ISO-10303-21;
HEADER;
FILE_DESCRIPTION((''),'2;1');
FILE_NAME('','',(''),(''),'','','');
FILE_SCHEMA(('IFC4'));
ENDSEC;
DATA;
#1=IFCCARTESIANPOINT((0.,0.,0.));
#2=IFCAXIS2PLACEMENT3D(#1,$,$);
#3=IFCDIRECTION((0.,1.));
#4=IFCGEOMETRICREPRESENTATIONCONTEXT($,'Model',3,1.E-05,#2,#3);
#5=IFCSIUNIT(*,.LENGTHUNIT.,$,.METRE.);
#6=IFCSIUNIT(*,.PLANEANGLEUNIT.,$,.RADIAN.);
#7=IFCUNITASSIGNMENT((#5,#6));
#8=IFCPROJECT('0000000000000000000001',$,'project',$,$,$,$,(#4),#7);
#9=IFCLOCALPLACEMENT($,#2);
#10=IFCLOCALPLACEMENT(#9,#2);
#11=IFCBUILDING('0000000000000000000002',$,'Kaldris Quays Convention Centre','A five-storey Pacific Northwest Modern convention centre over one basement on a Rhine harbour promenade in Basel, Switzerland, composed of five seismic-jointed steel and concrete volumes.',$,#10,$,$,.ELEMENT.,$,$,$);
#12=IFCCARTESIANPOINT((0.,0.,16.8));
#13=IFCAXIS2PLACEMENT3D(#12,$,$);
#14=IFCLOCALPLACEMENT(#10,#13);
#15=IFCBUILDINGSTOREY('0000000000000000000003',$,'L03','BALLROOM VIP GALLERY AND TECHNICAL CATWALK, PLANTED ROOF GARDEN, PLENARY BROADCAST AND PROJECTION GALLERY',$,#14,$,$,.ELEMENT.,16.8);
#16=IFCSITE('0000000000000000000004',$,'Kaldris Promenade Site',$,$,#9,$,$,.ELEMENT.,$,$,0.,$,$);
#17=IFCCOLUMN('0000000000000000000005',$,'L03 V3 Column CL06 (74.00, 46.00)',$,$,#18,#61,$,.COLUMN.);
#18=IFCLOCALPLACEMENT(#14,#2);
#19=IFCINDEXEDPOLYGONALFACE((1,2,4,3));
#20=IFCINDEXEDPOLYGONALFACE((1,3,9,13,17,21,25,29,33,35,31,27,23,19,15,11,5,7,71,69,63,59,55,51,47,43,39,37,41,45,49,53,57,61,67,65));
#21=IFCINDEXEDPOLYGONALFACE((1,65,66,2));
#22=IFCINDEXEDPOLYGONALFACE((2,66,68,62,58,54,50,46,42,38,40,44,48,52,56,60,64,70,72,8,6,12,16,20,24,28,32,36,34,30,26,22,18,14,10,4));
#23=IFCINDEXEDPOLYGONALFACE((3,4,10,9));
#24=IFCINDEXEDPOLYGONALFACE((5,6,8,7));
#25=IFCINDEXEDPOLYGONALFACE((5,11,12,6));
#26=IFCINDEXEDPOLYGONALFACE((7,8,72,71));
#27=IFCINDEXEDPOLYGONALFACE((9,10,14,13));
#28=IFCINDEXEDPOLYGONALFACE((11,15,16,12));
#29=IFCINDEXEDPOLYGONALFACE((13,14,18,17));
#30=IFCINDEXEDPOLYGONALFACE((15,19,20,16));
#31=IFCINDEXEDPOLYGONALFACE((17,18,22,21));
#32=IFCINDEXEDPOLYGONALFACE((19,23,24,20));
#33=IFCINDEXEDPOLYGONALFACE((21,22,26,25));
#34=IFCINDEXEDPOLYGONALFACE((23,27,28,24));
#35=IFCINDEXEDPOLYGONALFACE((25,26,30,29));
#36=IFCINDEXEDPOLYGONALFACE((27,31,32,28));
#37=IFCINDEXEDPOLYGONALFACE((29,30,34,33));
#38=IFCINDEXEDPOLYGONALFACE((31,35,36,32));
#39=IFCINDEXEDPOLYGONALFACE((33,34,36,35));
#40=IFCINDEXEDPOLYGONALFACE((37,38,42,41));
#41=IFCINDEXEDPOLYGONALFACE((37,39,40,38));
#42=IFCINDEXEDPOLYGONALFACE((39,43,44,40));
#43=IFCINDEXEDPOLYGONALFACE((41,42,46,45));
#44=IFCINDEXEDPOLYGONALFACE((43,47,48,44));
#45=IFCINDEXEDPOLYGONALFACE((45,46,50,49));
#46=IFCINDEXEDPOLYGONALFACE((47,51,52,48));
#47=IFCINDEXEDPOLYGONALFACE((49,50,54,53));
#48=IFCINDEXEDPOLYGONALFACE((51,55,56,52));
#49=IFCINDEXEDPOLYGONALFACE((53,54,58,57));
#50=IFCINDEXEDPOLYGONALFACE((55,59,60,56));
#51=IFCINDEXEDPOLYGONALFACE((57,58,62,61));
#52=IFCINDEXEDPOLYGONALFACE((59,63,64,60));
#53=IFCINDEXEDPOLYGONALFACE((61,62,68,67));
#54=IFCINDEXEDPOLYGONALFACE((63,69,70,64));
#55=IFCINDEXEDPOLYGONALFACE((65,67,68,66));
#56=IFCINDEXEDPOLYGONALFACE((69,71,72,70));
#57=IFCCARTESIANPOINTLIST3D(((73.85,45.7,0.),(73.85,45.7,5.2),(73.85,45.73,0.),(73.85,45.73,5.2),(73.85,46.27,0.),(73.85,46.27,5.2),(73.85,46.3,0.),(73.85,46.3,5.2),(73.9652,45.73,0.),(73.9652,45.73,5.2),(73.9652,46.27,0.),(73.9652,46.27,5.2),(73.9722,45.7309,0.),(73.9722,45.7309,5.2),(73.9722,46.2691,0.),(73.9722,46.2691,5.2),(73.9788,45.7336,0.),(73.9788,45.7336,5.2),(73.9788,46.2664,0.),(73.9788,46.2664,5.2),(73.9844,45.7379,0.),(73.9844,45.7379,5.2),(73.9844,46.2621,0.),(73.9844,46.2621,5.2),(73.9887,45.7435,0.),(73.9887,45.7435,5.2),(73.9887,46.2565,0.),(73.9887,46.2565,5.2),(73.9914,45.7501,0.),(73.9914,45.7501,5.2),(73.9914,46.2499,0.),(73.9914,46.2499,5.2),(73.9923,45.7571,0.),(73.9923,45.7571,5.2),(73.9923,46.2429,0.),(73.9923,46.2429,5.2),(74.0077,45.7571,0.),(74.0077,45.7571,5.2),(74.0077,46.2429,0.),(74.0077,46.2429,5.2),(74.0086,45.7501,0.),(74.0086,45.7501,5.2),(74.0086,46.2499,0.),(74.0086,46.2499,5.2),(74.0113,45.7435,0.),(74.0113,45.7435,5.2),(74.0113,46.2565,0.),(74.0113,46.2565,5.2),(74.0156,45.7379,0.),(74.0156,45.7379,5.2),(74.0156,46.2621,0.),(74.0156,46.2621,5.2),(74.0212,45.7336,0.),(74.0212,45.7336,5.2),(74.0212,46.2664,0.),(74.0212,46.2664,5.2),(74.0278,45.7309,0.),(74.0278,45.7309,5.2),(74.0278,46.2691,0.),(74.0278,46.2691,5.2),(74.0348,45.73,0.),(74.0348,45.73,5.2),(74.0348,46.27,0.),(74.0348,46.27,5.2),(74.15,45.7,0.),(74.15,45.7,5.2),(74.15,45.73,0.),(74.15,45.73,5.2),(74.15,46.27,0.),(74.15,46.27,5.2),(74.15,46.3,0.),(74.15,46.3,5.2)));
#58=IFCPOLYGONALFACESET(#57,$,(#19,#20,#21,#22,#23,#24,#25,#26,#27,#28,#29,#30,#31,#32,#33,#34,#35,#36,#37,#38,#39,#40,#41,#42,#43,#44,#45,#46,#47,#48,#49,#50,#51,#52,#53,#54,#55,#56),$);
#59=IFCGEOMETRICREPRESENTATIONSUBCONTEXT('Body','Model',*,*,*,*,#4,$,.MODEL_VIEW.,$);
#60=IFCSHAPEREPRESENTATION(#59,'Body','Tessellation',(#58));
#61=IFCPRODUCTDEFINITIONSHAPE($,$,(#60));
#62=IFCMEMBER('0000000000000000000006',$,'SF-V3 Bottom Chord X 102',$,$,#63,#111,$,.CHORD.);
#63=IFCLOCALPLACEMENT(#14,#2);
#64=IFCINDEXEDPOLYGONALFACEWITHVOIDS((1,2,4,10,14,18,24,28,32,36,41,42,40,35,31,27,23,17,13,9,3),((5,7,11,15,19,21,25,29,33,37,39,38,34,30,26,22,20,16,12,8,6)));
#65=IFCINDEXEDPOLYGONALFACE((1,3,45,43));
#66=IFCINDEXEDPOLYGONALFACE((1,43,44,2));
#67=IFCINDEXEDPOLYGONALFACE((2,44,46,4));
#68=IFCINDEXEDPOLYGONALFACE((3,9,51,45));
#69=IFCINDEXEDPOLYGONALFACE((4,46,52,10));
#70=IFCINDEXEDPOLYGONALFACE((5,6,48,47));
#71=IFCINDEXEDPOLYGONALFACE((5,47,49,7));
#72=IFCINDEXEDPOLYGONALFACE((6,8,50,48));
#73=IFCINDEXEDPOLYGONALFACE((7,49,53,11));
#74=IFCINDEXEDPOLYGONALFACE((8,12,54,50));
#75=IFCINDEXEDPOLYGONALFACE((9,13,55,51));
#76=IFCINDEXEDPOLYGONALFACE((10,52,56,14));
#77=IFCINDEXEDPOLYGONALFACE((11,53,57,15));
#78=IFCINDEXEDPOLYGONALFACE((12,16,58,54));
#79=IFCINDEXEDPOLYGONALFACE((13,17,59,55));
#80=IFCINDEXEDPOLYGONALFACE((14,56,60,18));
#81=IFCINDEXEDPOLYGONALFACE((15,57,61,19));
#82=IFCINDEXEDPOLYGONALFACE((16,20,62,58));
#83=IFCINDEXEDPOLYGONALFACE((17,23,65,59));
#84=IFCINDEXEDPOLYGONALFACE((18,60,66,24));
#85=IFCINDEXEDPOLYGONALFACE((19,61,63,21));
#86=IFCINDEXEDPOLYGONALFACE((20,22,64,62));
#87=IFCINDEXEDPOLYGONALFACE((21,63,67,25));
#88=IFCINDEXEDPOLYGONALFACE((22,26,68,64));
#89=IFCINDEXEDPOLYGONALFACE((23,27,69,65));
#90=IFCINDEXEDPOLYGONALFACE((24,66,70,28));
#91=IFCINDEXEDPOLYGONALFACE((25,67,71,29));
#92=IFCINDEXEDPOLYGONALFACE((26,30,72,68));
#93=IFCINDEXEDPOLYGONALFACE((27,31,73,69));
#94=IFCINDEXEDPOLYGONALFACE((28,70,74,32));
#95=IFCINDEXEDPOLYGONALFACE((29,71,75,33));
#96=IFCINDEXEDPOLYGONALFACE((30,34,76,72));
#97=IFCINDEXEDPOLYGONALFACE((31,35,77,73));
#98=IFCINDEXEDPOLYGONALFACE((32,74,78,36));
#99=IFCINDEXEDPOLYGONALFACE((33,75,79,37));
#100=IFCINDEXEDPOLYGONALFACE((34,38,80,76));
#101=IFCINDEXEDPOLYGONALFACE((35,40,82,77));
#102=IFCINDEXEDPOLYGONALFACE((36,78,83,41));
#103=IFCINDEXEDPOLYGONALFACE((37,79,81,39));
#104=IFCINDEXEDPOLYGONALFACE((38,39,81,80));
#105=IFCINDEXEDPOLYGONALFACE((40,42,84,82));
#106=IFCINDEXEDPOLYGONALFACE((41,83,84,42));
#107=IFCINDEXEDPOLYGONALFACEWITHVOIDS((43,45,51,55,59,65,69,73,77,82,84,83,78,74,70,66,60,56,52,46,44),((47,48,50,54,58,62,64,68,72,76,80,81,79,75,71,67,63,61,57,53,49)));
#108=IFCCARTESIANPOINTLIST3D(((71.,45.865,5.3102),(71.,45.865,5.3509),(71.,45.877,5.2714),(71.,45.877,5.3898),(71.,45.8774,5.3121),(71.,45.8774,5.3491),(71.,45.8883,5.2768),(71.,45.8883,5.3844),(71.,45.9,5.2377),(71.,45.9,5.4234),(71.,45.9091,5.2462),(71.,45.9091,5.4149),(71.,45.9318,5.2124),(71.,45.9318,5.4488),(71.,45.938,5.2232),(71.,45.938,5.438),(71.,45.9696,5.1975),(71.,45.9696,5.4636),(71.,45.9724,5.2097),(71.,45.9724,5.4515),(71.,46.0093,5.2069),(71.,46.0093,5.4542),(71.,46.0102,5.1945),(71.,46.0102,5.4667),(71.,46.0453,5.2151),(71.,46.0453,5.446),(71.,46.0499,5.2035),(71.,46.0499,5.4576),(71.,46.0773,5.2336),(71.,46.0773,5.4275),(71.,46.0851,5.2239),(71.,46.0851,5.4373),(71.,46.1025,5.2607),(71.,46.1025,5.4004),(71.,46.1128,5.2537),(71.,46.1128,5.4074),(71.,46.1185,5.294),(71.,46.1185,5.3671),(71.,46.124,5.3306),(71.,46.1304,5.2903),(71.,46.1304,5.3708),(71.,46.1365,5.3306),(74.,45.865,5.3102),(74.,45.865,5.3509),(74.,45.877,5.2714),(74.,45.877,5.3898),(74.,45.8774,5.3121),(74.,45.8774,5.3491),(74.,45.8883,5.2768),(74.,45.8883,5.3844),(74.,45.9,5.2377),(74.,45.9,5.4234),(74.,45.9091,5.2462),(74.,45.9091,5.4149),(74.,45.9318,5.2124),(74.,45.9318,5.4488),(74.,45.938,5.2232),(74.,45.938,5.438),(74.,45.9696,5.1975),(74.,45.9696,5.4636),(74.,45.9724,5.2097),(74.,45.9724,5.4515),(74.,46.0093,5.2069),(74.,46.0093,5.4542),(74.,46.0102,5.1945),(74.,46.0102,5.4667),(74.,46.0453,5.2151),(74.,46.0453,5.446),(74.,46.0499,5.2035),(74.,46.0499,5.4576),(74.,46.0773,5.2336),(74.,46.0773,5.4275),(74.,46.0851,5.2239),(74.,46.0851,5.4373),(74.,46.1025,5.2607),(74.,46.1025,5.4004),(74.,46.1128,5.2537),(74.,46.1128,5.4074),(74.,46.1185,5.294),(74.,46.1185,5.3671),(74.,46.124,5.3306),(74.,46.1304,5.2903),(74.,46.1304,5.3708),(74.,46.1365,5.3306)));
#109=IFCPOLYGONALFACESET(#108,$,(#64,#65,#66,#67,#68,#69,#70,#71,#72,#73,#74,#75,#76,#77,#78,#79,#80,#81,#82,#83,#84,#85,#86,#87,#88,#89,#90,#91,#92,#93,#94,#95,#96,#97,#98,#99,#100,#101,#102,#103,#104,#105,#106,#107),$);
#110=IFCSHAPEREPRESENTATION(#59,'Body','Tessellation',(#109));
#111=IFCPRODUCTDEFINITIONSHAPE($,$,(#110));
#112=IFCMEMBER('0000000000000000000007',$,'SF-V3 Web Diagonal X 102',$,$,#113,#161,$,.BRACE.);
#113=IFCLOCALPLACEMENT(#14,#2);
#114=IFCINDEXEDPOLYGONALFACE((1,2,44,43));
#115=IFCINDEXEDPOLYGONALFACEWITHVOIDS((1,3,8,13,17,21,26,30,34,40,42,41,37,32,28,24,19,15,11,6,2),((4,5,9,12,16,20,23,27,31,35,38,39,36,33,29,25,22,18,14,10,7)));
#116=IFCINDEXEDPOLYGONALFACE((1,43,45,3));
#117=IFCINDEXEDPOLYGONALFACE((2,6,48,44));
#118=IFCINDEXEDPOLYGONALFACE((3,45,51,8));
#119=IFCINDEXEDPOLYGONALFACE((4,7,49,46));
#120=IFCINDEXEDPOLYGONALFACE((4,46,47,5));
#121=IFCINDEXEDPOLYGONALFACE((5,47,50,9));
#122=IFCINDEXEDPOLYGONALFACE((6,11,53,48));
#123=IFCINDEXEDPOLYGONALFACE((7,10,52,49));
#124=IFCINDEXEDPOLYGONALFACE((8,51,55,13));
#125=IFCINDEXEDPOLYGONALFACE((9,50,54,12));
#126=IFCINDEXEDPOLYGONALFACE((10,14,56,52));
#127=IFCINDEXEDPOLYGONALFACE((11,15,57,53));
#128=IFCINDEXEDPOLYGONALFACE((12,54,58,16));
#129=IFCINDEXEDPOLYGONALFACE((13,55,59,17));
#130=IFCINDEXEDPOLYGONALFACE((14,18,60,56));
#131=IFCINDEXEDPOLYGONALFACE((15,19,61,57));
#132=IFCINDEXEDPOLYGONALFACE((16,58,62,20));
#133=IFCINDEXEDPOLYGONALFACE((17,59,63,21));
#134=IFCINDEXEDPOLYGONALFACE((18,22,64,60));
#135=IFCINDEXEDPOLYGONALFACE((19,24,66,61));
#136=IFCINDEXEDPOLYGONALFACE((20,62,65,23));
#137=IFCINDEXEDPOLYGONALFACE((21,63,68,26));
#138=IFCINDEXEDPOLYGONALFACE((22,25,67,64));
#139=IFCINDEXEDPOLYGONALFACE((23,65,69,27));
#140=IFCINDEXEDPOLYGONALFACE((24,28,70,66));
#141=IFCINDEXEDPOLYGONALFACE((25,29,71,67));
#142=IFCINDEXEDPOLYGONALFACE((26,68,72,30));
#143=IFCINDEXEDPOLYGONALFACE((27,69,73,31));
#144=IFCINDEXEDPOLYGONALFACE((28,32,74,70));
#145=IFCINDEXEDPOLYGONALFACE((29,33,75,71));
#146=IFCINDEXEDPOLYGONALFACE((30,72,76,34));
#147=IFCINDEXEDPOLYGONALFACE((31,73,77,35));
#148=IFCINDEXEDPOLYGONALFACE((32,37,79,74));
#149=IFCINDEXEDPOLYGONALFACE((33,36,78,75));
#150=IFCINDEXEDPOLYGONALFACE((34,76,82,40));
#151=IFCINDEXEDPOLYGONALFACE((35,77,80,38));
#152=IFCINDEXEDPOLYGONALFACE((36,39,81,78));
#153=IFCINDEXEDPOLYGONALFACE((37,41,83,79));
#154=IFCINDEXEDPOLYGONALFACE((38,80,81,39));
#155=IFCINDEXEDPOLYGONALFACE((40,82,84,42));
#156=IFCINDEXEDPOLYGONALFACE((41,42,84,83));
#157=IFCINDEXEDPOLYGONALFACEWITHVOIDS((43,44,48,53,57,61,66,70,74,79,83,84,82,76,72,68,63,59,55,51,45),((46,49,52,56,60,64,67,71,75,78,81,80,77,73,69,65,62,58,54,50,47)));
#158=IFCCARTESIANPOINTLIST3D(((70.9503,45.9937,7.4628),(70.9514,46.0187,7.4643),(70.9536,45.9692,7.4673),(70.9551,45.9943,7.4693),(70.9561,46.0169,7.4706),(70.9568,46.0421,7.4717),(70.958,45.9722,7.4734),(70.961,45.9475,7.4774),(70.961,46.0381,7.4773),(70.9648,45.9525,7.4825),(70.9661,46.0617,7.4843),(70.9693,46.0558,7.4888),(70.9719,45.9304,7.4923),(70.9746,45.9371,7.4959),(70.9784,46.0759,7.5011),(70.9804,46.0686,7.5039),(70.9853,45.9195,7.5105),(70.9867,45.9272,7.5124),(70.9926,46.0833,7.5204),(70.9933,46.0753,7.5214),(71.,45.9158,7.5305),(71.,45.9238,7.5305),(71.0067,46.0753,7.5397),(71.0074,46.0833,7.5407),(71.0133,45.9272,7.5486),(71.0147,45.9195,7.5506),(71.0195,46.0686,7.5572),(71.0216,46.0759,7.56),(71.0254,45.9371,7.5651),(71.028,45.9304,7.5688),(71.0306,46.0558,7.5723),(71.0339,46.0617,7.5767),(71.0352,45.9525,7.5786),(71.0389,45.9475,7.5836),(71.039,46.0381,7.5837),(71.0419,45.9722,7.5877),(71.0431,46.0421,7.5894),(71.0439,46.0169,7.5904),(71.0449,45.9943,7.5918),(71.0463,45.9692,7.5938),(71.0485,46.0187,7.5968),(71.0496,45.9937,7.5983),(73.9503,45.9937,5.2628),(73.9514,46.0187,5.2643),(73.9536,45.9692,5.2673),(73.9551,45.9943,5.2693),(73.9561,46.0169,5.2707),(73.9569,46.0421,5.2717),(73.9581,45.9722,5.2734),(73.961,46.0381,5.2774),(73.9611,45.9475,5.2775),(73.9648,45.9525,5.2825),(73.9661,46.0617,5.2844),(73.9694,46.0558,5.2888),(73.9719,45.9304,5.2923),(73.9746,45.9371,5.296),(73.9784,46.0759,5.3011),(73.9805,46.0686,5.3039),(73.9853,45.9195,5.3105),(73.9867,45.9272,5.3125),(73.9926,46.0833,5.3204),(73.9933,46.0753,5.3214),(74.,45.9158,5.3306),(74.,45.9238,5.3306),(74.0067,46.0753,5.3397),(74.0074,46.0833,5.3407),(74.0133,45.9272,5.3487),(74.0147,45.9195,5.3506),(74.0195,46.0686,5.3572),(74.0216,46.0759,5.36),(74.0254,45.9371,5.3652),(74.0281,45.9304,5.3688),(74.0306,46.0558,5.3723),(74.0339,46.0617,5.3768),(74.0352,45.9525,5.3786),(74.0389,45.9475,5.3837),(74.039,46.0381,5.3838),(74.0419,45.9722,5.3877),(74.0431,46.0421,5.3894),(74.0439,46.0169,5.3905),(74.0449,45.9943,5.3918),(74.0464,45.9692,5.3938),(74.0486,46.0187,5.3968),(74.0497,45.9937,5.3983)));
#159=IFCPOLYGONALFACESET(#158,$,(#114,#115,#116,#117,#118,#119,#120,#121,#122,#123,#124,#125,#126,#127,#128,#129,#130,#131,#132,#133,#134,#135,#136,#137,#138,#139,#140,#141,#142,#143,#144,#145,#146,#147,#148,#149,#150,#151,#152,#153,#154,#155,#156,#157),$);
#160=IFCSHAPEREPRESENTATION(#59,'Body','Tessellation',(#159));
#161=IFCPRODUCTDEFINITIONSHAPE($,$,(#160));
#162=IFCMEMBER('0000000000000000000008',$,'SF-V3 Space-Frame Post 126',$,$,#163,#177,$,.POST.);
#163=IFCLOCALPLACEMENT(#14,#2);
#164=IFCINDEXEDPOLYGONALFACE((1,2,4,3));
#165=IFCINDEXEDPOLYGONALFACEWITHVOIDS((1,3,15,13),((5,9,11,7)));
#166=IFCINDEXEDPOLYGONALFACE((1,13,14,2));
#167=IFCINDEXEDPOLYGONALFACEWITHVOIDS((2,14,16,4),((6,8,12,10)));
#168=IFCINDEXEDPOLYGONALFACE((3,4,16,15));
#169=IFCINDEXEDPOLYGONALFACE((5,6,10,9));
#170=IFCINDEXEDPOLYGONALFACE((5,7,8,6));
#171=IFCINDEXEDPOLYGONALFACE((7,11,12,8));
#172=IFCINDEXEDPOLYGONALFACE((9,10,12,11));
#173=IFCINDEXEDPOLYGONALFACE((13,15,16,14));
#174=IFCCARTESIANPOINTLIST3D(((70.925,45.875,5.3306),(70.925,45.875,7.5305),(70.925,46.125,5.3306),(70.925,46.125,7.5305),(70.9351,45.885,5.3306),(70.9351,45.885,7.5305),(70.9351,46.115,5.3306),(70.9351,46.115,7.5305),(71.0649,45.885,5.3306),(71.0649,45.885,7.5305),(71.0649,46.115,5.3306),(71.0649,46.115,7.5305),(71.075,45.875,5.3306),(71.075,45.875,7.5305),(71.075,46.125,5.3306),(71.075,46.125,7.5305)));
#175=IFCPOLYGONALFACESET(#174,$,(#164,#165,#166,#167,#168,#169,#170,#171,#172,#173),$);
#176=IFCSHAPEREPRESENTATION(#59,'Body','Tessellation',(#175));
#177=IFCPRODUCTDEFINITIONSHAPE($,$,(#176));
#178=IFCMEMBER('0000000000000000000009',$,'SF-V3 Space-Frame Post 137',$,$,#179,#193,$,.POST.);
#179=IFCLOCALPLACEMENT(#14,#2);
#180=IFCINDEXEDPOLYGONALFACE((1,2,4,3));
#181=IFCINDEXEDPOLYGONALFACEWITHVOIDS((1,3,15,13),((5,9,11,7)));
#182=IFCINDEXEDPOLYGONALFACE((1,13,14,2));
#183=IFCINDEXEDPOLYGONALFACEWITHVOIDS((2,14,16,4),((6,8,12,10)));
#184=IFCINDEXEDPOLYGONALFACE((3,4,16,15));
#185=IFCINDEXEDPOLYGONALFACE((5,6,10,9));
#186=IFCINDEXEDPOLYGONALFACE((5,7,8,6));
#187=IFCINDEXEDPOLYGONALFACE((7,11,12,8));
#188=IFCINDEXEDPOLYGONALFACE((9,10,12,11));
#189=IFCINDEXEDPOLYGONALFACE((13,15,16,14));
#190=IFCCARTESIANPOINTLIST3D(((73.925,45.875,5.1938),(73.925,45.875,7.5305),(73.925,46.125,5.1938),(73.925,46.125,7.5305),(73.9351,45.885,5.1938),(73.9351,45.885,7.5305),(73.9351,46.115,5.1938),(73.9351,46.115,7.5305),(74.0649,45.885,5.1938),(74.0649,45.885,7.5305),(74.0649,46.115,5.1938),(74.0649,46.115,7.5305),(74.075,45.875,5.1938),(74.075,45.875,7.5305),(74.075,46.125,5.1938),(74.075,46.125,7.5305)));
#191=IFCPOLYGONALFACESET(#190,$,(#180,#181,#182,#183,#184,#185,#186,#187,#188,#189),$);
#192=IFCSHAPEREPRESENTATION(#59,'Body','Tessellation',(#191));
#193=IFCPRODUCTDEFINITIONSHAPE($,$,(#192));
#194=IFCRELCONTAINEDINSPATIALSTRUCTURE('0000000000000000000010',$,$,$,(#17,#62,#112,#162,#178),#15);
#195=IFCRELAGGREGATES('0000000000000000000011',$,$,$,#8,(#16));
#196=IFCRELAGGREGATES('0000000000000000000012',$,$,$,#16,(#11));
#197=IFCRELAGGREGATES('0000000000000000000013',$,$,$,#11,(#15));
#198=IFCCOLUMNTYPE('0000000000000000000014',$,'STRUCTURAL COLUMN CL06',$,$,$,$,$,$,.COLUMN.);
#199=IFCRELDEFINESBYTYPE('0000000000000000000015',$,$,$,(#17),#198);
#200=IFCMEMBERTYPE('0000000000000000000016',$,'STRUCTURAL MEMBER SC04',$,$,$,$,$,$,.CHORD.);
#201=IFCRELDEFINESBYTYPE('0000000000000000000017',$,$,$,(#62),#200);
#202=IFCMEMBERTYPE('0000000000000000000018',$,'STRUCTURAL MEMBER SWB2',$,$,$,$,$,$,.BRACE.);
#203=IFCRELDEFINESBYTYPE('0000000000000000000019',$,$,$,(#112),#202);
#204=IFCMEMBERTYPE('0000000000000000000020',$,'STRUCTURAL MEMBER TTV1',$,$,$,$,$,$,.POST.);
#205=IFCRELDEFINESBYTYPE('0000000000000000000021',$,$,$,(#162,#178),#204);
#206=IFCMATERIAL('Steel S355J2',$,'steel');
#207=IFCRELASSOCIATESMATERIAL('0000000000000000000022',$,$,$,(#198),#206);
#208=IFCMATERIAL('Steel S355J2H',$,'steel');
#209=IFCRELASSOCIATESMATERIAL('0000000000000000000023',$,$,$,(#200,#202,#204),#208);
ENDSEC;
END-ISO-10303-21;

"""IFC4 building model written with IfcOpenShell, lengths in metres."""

from ifc_helpers import new_model, si_unit, direction, frame, origin, origin_2d, place, context, subcontext, project, spatial, hollow_rectangle, hollow_circle, i_section, extrude, material, material_profile, profile_set, type_object, element, save


model = new_model("IFC4")

# Units and contexts
model_context = context("Model", 3, precision=1e-05, world=origin(), true_north=direction((0.0, 1.0)))
body_context = subcontext(model_context, "Body", "Model", "MODEL_VIEW")
ifc_project = project(units=[si_unit("LENGTHUNIT", "METRE"), si_unit("PLANEANGLEUNIT", "RADIAN")], contexts=[model_context])

# Site, building, storey
site_placement = place(None, origin())
site = spatial("IfcSite", under=ifc_project, at=site_placement, Name="Kaldris Promenade Site", CompositionType="ELEMENT", RefElevation=0.0)
building_placement = place(site_placement, origin())
building = spatial("IfcBuilding", under=site, at=building_placement, Name="Kaldris Quays Convention Centre", Description="A five-storey Pacific Northwest Modern convention centre over one basement on a Rhine harbour promenade in Basel, Switzerland, composed of five seismic-jointed steel and concrete volumes.", CompositionType="ELEMENT")
storey_placement = place(building_placement, frame((0.0, 0.0, 16.8)))
storey = spatial("IfcBuildingStorey", under=building, at=storey_placement, Name="L03", Description="BALLROOM VIP GALLERY AND TECHNICAL CATWALK, PLANTED ROOF GARDEN, PLENARY BROADCAST AND PROJECTION GALLERY", CompositionType="ELEMENT", Elevation=16.8)

# Column
ifc_material_1 = material(Name="Steel S355J2", Category="steel")
ifc_material_profile_1 = material_profile(ifc_material_1, i_section(OverallWidth=0.3, OverallDepth=0.6001, WebThickness=0.0154, FlangeThickness=0.03, FilletRadius=0.0271, at=origin_2d()), Name="HEB 600")
ifc_profile_set_1 = profile_set([ifc_material_profile_1], Name="Steel S355J2")
column_type = type_object("IfcColumnType", Name="STRUCTURAL COLUMN CL06", PredefinedType="COLUMN", material=ifc_profile_set_1)
column_placement = place(storey_placement, frame((74.0, 46.0, 0.0), z_axis=(0.0, 0.0, 1.0), x_axis=(1.0, 0.0, 0.0)))
element("IfcColumn", 1, at=column_placement, inside=storey, type_object=column_type, Name="L03 V3 Column CL06 (74.00, 46.00)", PredefinedType="COLUMN", context=body_context, shape_type="SweptSolid", body=[
    extrude(i_section(OverallWidth=0.3, OverallDepth=0.6001, WebThickness=0.0154, FlangeThickness=0.03, FilletRadius=0.0271, at=origin_2d()), origin(), (0.0, 0.0, 1.0), 5.2),
])

# Members
ifc_material_2 = material(Name="Steel S355J2H", Category="steel")
ifc_material_profile_2 = material_profile(ifc_material_2, hollow_circle(Radius=0.1365, WallThickness=0.0125, at=origin_2d()), Name="CHS 273x12.5")
ifc_profile_set_2 = profile_set([ifc_material_profile_2], Name="Steel S355J2H")
member_type_1 = type_object("IfcMemberType", Name="STRUCTURAL MEMBER SC04", PredefinedType="CHORD", material=ifc_profile_set_2)
member_1_placement = place(storey_placement, frame((71.0, 46.0, 5.3306), z_axis=(1.0, 0.0, 0.0), x_axis=(0.0, 1.0, 0.0)))
element("IfcMember", 2, at=member_1_placement, inside=storey, type_object=member_type_1, Name="SF-V3 Bottom Chord X 102", PredefinedType="CHORD", context=body_context, shape_type="SweptSolid", body=[
    extrude(hollow_circle(Radius=0.1365, WallThickness=0.0125, at=origin_2d()), origin(), (0.0, 0.0, 1.0), 3.0),
])
ifc_material_profile_3 = material_profile(ifc_material_2, hollow_circle(Radius=0.0842, WallThickness=0.0081, at=origin_2d()), Name="CHS 168.3x8")
ifc_profile_set_3 = profile_set([ifc_material_profile_3], Name="Steel S355J2H")
member_type_2 = type_object("IfcMemberType", Name="STRUCTURAL MEMBER SWB2", PredefinedType="BRACE", material=ifc_profile_set_3)
member_2_placement = place(storey_placement, frame((74.0, 46.0, 5.3306), z_axis=(-0.806411, 0.0, 0.591355), x_axis=(0.0, -1.0, 0.0)))
element("IfcMember", 3, at=member_2_placement, inside=storey, type_object=member_type_2, Name="SF-V3 Web Diagonal X 102", PredefinedType="BRACE", context=body_context, shape_type="SweptSolid", body=[
    extrude(hollow_circle(Radius=0.0842, WallThickness=0.0081, at=origin_2d()), origin(), (0.0, 0.0, 1.0), 3.7202),
])
ifc_material_profile_4 = material_profile(ifc_material_2, hollow_rectangle(XDim=0.1499, YDim=0.25, WallThickness=0.01, at=origin_2d()), Name="RHS 250x150x10")
ifc_profile_set_4 = profile_set([ifc_material_profile_4], Name="Steel S355J2H")
member_type_3 = type_object("IfcMemberType", Name="STRUCTURAL MEMBER TTV1", PredefinedType="POST", material=ifc_profile_set_4)
member_3_placement = place(storey_placement, frame((71.0, 46.0, 5.3306), z_axis=(0.0, 0.0, 1.0), x_axis=(1.0, 0.0, 0.0)))
element("IfcMember", 4, at=member_3_placement, inside=storey, type_object=member_type_3, Name="SF-V3 Space-Frame Post 126", PredefinedType="POST", context=body_context, shape_type="SweptSolid", body=[
    extrude(hollow_rectangle(XDim=0.1499, YDim=0.25, WallThickness=0.01, at=origin_2d()), origin(), (0.0, 0.0, 1.0), 2.2),
])
member_4_placement = place(storey_placement, frame((74.0, 46.0, 5.1938), z_axis=(0.0, 0.0, 1.0), x_axis=(1.0, 0.0, 0.0)))
element("IfcMember", 5, at=member_4_placement, inside=storey, type_object=member_type_3, Name="SF-V3 Space-Frame Post 137", PredefinedType="POST", context=body_context, shape_type="SweptSolid", body=[
    extrude(hollow_rectangle(XDim=0.1499, YDim=0.25, WallThickness=0.01, at=origin_2d()), origin(), (0.0, 0.0, 1.0), 2.3367),
])

save(model, "model.ifc")
